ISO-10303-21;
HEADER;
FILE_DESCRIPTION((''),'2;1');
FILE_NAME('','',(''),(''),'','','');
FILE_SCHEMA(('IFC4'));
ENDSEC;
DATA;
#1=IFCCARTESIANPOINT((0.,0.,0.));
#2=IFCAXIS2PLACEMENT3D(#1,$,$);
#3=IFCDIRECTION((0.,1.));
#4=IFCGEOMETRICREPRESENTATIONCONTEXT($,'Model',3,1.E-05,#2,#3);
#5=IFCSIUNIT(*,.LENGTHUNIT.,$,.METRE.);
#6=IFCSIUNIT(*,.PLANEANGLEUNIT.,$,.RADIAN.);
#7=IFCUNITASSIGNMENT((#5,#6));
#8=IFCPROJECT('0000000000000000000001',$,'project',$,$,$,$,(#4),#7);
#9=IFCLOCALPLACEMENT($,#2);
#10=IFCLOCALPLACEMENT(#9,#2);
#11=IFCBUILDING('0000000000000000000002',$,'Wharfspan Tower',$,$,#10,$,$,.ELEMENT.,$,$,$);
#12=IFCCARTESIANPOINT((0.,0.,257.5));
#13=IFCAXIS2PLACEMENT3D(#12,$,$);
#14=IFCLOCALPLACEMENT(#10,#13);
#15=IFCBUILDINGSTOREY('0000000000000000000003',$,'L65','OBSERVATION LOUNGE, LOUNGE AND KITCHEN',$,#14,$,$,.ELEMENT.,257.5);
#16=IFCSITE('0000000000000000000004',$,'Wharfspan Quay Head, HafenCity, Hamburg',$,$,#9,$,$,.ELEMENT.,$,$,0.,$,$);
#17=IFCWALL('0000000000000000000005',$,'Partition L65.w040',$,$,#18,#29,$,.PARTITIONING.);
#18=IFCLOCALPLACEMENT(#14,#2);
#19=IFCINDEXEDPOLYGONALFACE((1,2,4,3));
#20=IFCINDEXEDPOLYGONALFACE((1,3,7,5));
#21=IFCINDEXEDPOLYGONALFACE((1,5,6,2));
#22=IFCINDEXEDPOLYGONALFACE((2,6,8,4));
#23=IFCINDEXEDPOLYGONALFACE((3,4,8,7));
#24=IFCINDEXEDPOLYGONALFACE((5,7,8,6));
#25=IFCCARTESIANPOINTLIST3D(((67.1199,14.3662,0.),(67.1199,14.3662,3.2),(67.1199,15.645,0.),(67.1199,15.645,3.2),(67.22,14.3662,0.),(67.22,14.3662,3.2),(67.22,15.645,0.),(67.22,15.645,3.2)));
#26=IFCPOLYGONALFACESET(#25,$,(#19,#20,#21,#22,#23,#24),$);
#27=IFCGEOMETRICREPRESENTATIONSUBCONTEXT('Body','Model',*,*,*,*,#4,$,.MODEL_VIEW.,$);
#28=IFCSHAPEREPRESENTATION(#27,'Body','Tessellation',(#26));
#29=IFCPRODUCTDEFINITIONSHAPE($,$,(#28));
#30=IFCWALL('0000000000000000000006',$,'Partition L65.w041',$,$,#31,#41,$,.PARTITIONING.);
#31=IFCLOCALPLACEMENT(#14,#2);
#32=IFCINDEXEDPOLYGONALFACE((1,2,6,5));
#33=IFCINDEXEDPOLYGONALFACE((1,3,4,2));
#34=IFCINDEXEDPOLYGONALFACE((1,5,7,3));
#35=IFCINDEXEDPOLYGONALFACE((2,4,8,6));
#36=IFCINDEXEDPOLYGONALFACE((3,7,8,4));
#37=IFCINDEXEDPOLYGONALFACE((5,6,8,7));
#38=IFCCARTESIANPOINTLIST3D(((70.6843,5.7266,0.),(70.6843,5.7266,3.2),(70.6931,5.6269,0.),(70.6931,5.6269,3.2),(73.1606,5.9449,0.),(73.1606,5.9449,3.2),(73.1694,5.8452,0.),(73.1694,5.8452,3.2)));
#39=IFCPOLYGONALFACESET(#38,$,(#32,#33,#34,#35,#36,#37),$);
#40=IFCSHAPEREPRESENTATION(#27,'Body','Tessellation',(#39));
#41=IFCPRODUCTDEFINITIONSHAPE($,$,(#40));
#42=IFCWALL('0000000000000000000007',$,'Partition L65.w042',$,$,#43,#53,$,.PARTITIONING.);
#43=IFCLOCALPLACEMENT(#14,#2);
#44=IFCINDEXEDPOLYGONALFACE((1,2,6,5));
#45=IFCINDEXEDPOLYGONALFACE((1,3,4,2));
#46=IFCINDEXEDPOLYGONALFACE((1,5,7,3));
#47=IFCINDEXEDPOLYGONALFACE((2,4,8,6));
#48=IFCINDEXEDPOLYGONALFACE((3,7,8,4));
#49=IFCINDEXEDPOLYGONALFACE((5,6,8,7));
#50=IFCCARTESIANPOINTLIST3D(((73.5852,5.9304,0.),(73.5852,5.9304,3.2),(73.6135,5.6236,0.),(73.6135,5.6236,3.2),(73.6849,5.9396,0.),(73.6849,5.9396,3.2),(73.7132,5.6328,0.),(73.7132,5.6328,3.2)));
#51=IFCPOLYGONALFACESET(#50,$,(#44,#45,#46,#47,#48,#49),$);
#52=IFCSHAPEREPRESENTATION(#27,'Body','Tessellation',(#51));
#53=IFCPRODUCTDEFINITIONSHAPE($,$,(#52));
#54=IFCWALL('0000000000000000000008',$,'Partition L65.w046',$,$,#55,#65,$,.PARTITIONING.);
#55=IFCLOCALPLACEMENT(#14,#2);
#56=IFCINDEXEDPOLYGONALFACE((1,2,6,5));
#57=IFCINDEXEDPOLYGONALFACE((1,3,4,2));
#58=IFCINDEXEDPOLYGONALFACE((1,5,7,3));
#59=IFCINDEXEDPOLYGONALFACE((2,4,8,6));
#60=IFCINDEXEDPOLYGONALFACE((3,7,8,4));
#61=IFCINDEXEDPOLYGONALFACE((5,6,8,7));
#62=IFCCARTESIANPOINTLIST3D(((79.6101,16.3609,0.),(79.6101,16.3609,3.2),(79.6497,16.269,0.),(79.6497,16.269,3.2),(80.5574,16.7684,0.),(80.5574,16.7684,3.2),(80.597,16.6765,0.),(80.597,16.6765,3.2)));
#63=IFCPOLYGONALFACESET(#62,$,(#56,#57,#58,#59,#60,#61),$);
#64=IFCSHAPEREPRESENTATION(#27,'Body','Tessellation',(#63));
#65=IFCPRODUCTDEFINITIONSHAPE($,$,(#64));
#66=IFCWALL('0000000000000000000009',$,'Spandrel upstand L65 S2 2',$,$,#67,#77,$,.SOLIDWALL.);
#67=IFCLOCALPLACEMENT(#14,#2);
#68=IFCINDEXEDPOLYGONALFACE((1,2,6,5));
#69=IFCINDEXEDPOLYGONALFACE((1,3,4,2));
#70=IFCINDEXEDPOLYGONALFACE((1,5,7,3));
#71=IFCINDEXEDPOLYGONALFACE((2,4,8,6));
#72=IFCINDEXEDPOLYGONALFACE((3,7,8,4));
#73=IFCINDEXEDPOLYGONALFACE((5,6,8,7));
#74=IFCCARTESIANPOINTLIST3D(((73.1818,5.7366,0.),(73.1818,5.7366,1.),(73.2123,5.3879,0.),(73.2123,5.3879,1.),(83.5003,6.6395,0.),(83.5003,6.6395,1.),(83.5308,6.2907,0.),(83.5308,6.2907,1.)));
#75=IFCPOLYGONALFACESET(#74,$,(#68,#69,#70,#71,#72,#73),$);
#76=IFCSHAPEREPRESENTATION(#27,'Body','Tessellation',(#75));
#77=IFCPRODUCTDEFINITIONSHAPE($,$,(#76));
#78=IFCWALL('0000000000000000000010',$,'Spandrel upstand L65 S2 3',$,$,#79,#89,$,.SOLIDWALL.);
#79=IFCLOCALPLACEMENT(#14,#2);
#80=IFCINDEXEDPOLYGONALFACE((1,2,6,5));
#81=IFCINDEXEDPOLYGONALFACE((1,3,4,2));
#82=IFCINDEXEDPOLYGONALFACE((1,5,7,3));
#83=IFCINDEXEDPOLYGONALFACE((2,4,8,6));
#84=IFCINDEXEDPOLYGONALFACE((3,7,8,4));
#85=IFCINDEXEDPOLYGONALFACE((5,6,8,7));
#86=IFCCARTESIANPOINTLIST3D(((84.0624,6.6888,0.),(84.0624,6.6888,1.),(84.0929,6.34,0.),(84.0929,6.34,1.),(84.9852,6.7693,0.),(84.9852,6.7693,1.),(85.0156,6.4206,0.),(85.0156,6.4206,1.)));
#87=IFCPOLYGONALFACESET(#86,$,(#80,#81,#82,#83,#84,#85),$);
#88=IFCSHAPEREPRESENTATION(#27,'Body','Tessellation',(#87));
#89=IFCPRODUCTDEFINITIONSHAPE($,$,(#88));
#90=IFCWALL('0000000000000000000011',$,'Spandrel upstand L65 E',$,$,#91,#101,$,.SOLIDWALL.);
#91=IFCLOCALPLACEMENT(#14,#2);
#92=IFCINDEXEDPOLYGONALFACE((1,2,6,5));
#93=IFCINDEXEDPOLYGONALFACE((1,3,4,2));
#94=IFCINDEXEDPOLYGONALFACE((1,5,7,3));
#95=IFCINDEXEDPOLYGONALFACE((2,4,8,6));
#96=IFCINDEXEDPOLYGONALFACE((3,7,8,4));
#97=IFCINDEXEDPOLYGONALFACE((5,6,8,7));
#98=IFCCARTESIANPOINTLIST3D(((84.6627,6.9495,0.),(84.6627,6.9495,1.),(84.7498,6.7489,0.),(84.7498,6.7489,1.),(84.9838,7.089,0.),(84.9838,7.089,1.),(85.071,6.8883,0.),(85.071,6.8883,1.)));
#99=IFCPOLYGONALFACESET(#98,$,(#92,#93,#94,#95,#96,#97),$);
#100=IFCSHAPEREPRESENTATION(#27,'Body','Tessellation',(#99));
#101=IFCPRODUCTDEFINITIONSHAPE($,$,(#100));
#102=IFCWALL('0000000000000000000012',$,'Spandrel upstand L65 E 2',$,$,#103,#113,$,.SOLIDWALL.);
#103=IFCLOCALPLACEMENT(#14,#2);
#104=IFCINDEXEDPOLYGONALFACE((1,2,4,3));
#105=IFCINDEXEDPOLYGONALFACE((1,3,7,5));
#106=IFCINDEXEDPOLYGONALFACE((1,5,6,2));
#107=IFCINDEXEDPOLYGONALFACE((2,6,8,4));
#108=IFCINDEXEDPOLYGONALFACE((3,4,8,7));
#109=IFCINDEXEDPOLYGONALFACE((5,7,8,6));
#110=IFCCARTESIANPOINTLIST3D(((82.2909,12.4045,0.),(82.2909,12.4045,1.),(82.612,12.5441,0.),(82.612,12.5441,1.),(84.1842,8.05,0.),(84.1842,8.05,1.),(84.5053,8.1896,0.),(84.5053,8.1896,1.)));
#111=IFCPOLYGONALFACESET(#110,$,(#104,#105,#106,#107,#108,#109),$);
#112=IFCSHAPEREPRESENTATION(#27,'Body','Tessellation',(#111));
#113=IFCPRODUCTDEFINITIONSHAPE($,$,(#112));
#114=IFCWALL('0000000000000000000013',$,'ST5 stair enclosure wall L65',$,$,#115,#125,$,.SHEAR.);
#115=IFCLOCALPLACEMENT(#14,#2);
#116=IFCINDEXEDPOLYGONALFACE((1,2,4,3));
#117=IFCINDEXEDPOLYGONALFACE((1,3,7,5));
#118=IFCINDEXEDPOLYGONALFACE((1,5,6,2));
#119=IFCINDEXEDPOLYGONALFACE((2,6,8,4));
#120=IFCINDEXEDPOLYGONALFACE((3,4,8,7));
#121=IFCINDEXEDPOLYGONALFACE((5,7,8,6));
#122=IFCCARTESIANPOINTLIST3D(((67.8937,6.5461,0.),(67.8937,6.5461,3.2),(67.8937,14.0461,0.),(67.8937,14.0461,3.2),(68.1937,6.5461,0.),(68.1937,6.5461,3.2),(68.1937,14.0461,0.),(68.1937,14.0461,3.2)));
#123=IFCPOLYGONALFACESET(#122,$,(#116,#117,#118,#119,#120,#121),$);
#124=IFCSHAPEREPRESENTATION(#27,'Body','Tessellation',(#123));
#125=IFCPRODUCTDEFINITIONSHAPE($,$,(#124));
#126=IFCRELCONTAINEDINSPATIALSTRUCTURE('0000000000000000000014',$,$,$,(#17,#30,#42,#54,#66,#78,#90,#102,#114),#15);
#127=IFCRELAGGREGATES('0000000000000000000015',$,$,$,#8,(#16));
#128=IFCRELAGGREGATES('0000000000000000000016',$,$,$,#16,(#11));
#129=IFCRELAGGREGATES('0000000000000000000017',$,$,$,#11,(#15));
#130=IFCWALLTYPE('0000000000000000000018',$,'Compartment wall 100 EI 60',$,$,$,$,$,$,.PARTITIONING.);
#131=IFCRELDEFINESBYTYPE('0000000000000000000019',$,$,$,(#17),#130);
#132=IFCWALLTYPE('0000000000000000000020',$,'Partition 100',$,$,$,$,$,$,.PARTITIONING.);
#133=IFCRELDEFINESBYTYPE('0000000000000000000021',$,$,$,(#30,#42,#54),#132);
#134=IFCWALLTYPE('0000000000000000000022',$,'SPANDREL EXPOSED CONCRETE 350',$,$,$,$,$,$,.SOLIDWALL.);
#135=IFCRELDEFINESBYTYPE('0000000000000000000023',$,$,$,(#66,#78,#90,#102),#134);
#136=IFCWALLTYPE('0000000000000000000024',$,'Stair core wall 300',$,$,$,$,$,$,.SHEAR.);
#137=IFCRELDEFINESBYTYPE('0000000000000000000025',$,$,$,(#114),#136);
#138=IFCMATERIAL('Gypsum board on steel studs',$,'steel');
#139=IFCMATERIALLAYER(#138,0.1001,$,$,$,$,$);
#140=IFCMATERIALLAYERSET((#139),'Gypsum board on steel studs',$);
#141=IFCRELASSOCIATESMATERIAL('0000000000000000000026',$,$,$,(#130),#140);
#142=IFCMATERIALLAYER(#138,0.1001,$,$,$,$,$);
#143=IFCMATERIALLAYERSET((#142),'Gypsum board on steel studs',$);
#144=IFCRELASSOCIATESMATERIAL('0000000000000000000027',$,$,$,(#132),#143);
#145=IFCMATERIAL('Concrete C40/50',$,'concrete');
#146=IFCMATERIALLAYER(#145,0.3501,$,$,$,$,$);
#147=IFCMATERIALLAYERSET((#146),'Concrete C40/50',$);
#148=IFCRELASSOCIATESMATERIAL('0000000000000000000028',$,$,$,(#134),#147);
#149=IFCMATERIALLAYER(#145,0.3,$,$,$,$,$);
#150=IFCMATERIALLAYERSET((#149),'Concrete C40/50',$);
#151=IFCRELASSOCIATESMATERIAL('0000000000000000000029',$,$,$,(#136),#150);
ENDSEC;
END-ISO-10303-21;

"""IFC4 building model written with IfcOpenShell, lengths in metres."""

from ifc_helpers import new_model, si_unit, direction, frame, frame_2d, origin, place, context, subcontext, project, spatial, rectangle, extrude, material, layer, layer_set, type_object, element, save


model = new_model("IFC4")

# Units and contexts
model_context = context("Model", 3, precision=1e-05, world=origin(), true_north=direction((0.0, 1.0)))
body_context = subcontext(model_context, "Body", "Model", "MODEL_VIEW")
ifc_project = project(units=[si_unit("LENGTHUNIT", "METRE"), si_unit("PLANEANGLEUNIT", "RADIAN")], contexts=[model_context])

# Site, building, storey
site_placement = place(None, origin())
site = spatial("IfcSite", under=ifc_project, at=site_placement, Name="Wharfspan Quay Head, HafenCity, Hamburg", CompositionType="ELEMENT", RefElevation=0.0)
building_placement = place(site_placement, origin())
building = spatial("IfcBuilding", under=site, at=building_placement, Name="Wharfspan Tower", CompositionType="ELEMENT")
storey_placement = place(building_placement, frame((0.0, 0.0, 257.5)))
storey = spatial("IfcBuildingStorey", under=building, at=storey_placement, Name="L65", Description="OBSERVATION LOUNGE, LOUNGE AND KITCHEN", CompositionType="ELEMENT", Elevation=257.5)

# Shared definitions
ifc_material_1 = material(Name="Gypsum board on steel studs", Category="steel")
ifc_layer_1 = layer(ifc_material_1, 0.1001)
ifc_layer_set_1 = layer_set([ifc_layer_1], Name="Gypsum board on steel studs")
wall_type_1 = type_object("IfcWallType", Name="Compartment wall 100 EI 60", PredefinedType="PARTITIONING", material=ifc_layer_set_1)

# Walls
wall_1_placement = place(storey_placement, frame((67.1699, 14.3662, 0.0), z_axis=(0.0, 0.0, 1.0), x_axis=(0.0, 1.0, 0.0)))
element("IfcWall", 1, at=wall_1_placement, inside=storey, type_object=wall_type_1, Name="Partition L65.w040", PredefinedType="PARTITIONING", context=body_context, shape_type="SweptSolid", body=[
    extrude(rectangle(XDim=1.2788, YDim=0.1001, at=frame_2d((0.6394, 0.0))), origin(), (0.0, 0.0, 1.0), 3.2),
])
ifc_layer_2 = layer(ifc_material_1, 0.1001)
ifc_layer_set_2 = layer_set([ifc_layer_2], Name="Gypsum board on steel studs")
wall_type_2 = type_object("IfcWallType", Name="Partition 100", PredefinedType="PARTITIONING", material=ifc_layer_set_2)
wall_2_placement = place(storey_placement, frame((70.6887, 5.6768, 0.0), z_axis=(0.0, 0.0, 1.0), x_axis=(0.996136, 0.087799, 0.0)))
element("IfcWall", 2, at=wall_2_placement, inside=storey, type_object=wall_type_2, Name="Partition L65.w041", PredefinedType="PARTITIONING", context=body_context, shape_type="SweptSolid", body=[
    extrude(rectangle(XDim=2.4858, YDim=0.1001, at=frame_2d((1.2429, 0.0))), origin(), (0.0, 0.0, 1.0), 3.2),
])
wall_3_placement = place(storey_placement, frame((73.6633, 5.6282, 0.0), z_axis=(0.0, 0.0, 1.0), x_axis=(-0.091893, 0.995772, 0.0)))
element("IfcWall", 3, at=wall_3_placement, inside=storey, type_object=wall_type_2, Name="Partition L65.w042", PredefinedType="PARTITIONING", context=body_context, shape_type="SweptSolid", body=[
    extrude(rectangle(XDim=0.3081, YDim=0.1001, at=frame_2d((0.1541, 0.0))), origin(), (0.0, 0.0, 1.0), 3.2),
])
wall_4_placement = place(storey_placement, frame((79.6299, 16.3149, 0.0), z_axis=(0.0, 0.0, 1.0), x_axis=(0.918616, 0.395147, 0.0)))
element("IfcWall", 4, at=wall_4_placement, inside=storey, type_object=wall_type_2, Name="Partition L65.w046", PredefinedType="PARTITIONING", context=body_context, shape_type="SweptSolid", body=[
    extrude(rectangle(XDim=1.0312, YDim=0.1001, at=frame_2d((0.5156, 0.0))), origin(), (0.0, 0.0, 1.0), 3.2),
])
ifc_material_2 = material(Name="Concrete C40/50", Category="concrete")
ifc_layer_3 = layer(ifc_material_2, 0.3501)
ifc_layer_set_3 = layer_set([ifc_layer_3], Name="Concrete C40/50")
wall_type_3 = type_object("IfcWallType", Name="SPANDREL EXPOSED CONCRETE 350", PredefinedType="SOLIDWALL", material=ifc_layer_set_3)
wall_5_placement = place(storey_placement, frame((73.197, 5.5623, 0.0), z_axis=(0.0, 0.0, 1.0), x_axis=(0.996198, 0.087163, 0.0)))
element("IfcWall", 5, at=wall_5_placement, inside=storey, type_object=wall_type_3, Name="Spandrel upstand L65 S2 2", PredefinedType="SOLIDWALL", context=body_context, shape_type="SweptSolid", body=[
    extrude(rectangle(XDim=10.3579, YDim=0.3501, at=frame_2d((5.179, 0.0))), origin(), (0.0, 0.0, 1.0), 1.0),
])
wall_6_placement = place(storey_placement, frame((84.0776, 6.5144, 0.0), z_axis=(0.0, 0.0, 1.0), x_axis=(0.996213, 0.086971, 0.0)))
element("IfcWall", 6, at=wall_6_placement, inside=storey, type_object=wall_type_3, Name="Spandrel upstand L65 S2 3", PredefinedType="SOLIDWALL", context=body_context, shape_type="SweptSolid", body=[
    extrude(rectangle(XDim=0.9263, YDim=0.3501, at=frame_2d((0.4631, 0.0))), origin(), (0.0, 0.0, 1.0), 1.0),
])
wall_7_placement = place(storey_placement, frame((84.9104, 6.8186, 0.0), z_axis=(0.0, 0.0, 1.0), x_axis=(-0.398359, 0.91723, 0.0)))
element("IfcWall", 7, at=wall_7_placement, inside=storey, type_object=wall_type_3, Name="Spandrel upstand L65 E", PredefinedType="SOLIDWALL", context=body_context, shape_type="SweptSolid", body=[
    extrude(rectangle(XDim=0.2188, YDim=0.3501, at=frame_2d((0.1094, 0.0))), origin(), (0.0, 0.0, 1.0), 1.0),
])
wall_8_placement = place(storey_placement, frame((84.3447, 8.1199, 0.0), z_axis=(0.0, 0.0, 1.0), x_axis=(-0.398736, 0.917067, 0.0)))
element("IfcWall", 8, at=wall_8_placement, inside=storey, type_object=wall_type_3, Name="Spandrel upstand L65 E 2", PredefinedType="SOLIDWALL", context=body_context, shape_type="SweptSolid", body=[
    extrude(rectangle(XDim=4.7483, YDim=0.3501, at=frame_2d((2.374, 0.0))), origin(), (0.0, 0.0, 1.0), 1.0),
])
ifc_layer_4 = layer(ifc_material_2, 0.3)
ifc_layer_set_4 = layer_set([ifc_layer_4], Name="Concrete C40/50")
wall_type_4 = type_object("IfcWallType", Name="Stair core wall 300", PredefinedType="SHEAR", material=ifc_layer_set_4)
wall_9_placement = place(storey_placement, frame((68.0437, 6.5461, 0.0), z_axis=(0.0, 0.0, 1.0), x_axis=(0.0, 1.0, 0.0)))
element("IfcWall", 9, at=wall_9_placement, inside=storey, type_object=wall_type_4, Name="ST5 stair enclosure wall L65", PredefinedType="SHEAR", context=body_context, shape_type="SweptSolid", body=[
    extrude(rectangle(XDim=7.5, YDim=0.3, at=frame_2d((3.75, 0.0))), origin(), (0.0, 0.0, 1.0), 3.2),
])

save(model, "model.ifc")
